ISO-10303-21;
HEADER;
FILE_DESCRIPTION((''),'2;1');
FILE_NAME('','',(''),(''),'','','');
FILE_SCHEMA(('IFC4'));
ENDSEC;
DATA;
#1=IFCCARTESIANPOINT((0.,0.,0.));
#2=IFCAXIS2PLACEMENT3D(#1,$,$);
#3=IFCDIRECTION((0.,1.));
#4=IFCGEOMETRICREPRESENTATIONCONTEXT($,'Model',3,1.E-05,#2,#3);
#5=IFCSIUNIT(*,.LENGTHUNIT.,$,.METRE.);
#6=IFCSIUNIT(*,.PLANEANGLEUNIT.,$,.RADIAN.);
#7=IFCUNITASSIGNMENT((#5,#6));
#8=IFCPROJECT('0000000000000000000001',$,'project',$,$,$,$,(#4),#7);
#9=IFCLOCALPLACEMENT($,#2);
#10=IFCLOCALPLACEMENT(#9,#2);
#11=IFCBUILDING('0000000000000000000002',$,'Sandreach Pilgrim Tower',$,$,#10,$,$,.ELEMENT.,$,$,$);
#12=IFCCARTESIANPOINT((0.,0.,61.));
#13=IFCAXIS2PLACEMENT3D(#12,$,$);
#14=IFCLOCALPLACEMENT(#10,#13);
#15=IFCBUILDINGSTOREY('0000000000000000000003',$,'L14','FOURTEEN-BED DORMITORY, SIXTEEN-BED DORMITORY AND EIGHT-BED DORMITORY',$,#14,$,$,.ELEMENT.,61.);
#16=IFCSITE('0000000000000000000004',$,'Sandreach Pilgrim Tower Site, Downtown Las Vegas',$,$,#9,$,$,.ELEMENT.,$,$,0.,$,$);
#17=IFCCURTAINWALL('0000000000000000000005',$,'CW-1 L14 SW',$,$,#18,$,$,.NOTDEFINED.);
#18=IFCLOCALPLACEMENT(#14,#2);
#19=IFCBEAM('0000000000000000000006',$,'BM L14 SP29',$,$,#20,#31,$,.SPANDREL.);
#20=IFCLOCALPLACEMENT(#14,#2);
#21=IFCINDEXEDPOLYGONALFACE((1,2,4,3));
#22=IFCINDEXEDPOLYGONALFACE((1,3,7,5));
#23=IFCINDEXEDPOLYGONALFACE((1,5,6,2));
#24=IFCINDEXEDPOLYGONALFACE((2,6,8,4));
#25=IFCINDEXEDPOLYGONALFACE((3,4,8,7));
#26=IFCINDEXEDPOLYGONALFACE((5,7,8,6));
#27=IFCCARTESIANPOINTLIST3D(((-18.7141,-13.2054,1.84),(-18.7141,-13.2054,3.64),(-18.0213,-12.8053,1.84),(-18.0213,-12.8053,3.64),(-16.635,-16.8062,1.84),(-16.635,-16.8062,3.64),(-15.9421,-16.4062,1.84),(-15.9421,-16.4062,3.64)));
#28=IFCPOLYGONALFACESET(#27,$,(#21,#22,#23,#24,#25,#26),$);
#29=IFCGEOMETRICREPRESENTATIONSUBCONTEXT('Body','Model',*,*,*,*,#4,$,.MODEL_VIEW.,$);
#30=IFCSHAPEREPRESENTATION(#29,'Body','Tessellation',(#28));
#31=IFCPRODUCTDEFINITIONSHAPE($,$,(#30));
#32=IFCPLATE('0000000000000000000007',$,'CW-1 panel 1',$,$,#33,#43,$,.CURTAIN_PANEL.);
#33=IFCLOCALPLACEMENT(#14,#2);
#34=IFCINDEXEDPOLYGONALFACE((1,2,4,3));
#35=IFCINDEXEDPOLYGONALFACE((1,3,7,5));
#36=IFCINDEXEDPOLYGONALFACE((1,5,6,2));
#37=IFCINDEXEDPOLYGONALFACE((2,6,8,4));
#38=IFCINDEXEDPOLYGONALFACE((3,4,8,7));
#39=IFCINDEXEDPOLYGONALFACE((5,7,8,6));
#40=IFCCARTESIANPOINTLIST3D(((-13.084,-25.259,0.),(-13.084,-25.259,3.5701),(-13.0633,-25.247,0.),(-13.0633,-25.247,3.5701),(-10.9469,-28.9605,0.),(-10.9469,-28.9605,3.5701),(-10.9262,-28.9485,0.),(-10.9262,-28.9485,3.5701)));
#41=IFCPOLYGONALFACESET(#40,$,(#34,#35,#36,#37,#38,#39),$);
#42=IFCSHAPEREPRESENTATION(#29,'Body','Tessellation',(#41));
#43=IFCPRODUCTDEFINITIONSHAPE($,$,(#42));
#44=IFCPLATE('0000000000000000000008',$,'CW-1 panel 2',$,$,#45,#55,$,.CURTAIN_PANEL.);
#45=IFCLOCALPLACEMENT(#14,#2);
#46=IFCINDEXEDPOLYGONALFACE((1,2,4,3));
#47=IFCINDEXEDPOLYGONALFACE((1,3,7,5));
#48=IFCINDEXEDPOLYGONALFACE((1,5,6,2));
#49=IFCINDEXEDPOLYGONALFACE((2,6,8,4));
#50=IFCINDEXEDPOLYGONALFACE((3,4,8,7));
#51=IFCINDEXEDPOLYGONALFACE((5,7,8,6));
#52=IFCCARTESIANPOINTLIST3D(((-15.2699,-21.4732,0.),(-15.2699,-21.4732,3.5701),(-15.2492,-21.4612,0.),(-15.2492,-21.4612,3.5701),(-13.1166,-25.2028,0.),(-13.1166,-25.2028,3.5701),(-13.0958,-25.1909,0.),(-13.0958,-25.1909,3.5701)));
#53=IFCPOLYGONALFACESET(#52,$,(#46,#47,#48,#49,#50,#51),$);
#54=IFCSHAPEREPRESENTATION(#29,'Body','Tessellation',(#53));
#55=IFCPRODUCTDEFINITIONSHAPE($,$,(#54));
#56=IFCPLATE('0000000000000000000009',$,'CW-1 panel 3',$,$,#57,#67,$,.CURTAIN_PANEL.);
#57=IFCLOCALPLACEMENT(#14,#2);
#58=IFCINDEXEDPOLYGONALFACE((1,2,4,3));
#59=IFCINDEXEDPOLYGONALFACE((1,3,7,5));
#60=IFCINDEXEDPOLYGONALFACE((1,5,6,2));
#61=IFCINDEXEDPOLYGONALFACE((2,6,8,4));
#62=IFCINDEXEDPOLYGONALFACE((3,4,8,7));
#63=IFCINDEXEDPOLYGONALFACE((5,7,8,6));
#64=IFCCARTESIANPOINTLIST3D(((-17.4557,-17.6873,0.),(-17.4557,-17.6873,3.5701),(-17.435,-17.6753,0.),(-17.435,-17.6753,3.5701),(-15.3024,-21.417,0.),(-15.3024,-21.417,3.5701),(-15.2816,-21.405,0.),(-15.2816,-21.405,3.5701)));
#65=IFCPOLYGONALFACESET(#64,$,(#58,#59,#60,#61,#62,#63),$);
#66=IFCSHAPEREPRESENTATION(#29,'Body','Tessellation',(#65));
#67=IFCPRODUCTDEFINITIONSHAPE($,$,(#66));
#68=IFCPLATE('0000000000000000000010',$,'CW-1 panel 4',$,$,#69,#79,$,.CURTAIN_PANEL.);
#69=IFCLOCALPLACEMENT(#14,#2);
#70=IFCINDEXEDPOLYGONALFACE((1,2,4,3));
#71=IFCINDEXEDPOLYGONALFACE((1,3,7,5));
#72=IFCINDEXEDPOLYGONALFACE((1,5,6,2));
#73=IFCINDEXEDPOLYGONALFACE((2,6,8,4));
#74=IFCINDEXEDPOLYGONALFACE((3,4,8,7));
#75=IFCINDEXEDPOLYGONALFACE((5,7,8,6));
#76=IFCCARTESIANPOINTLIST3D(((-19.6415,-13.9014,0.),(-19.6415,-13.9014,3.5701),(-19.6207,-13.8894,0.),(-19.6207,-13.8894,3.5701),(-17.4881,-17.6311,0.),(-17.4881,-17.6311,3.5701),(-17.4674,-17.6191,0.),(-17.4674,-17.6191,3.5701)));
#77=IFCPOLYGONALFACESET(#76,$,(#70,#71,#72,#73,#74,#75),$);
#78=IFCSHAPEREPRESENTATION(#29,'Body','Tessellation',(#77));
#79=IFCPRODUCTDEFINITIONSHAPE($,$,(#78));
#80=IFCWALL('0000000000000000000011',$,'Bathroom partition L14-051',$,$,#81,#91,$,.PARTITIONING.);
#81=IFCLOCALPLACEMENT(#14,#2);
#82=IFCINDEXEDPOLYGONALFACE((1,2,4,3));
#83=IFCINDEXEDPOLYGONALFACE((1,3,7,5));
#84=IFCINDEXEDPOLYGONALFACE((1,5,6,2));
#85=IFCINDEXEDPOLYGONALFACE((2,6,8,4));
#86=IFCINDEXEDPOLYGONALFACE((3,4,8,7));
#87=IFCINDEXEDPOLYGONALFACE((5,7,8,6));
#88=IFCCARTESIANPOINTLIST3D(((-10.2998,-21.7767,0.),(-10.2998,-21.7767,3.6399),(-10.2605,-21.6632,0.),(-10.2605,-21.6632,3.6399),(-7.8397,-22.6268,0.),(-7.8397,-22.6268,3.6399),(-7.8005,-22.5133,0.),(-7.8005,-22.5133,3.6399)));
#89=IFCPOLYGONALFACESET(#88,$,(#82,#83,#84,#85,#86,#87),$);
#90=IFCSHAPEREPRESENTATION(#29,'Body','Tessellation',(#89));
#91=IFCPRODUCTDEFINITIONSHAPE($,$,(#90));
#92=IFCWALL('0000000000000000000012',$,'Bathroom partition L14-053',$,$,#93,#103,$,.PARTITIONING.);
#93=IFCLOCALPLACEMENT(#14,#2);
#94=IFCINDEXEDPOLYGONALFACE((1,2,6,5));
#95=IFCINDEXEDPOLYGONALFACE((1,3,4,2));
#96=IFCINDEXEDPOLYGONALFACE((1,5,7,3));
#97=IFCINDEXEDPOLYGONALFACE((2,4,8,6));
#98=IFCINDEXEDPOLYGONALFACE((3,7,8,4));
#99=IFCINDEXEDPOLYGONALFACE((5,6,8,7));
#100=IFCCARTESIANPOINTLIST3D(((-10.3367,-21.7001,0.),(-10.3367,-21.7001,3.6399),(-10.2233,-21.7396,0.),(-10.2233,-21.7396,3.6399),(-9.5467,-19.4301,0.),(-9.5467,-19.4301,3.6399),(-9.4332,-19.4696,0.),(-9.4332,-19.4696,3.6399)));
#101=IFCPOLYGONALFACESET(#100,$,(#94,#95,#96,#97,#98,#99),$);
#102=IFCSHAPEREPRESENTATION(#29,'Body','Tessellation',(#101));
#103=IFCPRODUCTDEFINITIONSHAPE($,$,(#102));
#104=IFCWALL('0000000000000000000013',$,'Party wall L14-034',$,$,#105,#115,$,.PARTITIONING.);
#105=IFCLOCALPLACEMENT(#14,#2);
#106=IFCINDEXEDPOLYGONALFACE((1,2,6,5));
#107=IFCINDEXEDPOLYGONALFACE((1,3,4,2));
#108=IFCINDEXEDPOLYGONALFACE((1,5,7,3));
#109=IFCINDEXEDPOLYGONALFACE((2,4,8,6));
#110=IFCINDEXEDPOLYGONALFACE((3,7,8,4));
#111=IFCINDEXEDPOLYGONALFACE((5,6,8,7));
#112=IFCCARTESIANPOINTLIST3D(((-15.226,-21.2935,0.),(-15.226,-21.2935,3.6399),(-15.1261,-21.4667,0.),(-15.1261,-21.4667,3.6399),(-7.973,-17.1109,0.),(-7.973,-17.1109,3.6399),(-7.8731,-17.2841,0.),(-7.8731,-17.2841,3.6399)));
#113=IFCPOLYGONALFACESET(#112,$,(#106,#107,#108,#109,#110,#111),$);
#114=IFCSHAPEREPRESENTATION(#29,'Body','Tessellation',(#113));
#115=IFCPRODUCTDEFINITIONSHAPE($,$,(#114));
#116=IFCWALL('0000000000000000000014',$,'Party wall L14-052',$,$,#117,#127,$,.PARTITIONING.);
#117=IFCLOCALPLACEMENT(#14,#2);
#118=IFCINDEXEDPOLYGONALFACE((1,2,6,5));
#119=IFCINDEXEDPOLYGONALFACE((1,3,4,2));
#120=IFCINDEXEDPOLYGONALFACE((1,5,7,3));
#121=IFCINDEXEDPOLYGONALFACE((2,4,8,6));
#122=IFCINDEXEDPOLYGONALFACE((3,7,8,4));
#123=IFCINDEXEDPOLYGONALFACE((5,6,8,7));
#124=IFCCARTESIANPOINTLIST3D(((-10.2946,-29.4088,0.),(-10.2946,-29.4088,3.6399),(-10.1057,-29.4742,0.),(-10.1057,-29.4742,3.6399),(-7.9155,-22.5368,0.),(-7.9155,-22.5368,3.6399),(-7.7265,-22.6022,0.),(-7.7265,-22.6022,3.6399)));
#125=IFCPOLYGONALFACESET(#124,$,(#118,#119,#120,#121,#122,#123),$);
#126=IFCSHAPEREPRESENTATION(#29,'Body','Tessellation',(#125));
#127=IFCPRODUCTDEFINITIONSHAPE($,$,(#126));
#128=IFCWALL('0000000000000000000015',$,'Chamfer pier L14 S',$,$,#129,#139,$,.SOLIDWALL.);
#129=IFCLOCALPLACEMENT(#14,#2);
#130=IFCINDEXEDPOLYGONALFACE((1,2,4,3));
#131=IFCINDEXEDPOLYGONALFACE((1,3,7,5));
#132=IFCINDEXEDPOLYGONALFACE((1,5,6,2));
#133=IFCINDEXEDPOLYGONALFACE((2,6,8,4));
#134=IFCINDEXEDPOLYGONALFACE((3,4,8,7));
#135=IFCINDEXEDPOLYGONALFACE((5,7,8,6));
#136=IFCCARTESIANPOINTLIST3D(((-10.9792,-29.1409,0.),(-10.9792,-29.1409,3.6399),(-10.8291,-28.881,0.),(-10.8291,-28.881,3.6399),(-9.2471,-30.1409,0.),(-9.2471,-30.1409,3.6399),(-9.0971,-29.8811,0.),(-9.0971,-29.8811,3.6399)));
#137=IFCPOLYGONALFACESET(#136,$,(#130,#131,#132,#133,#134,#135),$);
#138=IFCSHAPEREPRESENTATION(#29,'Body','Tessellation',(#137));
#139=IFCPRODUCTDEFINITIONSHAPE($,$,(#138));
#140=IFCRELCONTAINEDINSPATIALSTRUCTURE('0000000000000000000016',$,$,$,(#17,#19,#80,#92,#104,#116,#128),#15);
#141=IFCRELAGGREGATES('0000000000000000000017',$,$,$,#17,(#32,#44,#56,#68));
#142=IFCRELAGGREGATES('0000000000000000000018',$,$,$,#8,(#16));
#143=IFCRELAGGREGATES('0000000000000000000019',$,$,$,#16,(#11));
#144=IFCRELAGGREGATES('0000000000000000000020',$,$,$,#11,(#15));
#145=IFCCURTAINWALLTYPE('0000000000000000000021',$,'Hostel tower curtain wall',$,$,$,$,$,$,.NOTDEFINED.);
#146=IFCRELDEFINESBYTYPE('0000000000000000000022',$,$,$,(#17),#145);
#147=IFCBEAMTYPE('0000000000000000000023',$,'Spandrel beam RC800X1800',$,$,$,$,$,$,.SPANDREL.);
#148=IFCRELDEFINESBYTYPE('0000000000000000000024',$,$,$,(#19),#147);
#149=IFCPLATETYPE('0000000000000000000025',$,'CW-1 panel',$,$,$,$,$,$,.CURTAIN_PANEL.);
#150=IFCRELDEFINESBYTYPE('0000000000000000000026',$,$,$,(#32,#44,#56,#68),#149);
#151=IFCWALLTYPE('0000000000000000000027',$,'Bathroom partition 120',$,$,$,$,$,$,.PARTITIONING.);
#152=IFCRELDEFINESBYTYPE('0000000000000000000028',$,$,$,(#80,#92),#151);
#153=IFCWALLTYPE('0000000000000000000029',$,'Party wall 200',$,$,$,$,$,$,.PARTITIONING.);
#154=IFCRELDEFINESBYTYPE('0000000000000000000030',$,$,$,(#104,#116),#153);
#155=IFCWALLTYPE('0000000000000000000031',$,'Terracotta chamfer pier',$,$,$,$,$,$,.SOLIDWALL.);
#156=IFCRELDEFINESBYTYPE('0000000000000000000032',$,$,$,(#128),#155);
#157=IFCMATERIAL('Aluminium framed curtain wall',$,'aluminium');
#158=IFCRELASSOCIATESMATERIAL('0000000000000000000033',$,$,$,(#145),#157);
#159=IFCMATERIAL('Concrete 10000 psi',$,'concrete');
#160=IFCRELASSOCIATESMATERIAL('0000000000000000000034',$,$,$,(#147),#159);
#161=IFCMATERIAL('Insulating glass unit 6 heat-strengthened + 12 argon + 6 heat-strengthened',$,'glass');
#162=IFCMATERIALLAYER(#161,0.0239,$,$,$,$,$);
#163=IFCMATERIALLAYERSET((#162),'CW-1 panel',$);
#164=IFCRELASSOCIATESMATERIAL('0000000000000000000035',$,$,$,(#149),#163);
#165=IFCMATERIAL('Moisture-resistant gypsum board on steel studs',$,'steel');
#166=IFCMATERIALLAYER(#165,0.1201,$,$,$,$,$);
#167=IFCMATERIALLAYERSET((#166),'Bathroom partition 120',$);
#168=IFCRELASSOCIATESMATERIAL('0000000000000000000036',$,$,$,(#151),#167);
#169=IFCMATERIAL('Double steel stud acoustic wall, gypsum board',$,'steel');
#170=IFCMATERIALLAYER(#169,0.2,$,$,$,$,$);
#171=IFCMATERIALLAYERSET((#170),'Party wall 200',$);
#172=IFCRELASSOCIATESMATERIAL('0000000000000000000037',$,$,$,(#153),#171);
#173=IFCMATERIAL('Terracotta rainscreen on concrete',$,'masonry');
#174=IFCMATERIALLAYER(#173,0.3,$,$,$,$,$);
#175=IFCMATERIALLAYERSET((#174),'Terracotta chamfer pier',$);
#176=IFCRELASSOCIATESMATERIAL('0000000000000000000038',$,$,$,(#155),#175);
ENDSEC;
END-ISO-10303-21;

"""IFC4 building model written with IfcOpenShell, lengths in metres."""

from ifc_helpers import new_model, si_unit, direction, frame, frame_2d, origin, origin_2d, place, context, subcontext, project, spatial, rectangle, extrude, material, layer, layer_set, material_profile, profile_set, type_object, element, aggregate, save


model = new_model("IFC4")

# Units and contexts
model_context = context("Model", 3, precision=1e-05, world=origin(), true_north=direction((0.0, 1.0)))
body_context = subcontext(model_context, "Body", "Model", "MODEL_VIEW")
ifc_project = project(units=[si_unit("LENGTHUNIT", "METRE"), si_unit("PLANEANGLEUNIT", "RADIAN")], contexts=[model_context])

# Site, building, storey
site_placement = place(None, origin())
site = spatial("IfcSite", under=ifc_project, at=site_placement, Name="Sandreach Pilgrim Tower Site, Downtown Las Vegas", CompositionType="ELEMENT", RefElevation=0.0)
building_placement = place(site_placement, origin())
building = spatial("IfcBuilding", under=site, at=building_placement, Name="Sandreach Pilgrim Tower", CompositionType="ELEMENT")
storey_placement = place(building_placement, frame((0.0, 0.0, 61.0)))
storey = spatial("IfcBuildingStorey", under=building, at=storey_placement, Name="L14", Description="FOURTEEN-BED DORMITORY, SIXTEEN-BED DORMITORY AND EIGHT-BED DORMITORY", CompositionType="ELEMENT", Elevation=61.0)

# Shared definitions
ifc_material_1 = material(Name="Aluminium framed curtain wall", Category="aluminium")
curtain_wall_type = type_object("IfcCurtainWallType", Name="Hostel tower curtain wall", PredefinedType="NOTDEFINED", material=ifc_material_1)

# Curtain wall
curtain_wall_1_placement = place(storey_placement, origin())
curtain_wall_1 = element("IfcCurtainWall", 1, at=curtain_wall_1_placement, inside=storey, type_object=curtain_wall_type, Name="CW-1 L14 SW", PredefinedType="NOTDEFINED")

# Beam
ifc_material_2 = material(Name="Concrete 10000 psi", Category="concrete")
ifc_material_profile_1 = material_profile(ifc_material_2, rectangle(XDim=0.8, YDim=1.8, at=origin_2d()), Name="RC800X1800")
ifc_profile_set_1 = profile_set([ifc_material_profile_1], Name="Concrete 10000 psi")
beam_type_1 = type_object("IfcBeamType", Name="Spandrel beam RC800X1800", PredefinedType="SPANDREL", material=ifc_profile_set_1)
beam_1_placement = place(storey_placement, frame((-16.2886, -16.6062, 2.74), z_axis=(-0.500029, 0.866009, 0.0), x_axis=(-0.866009, -0.500029, 0.0)))
element("IfcBeam", 2, at=beam_1_placement, inside=storey, type_object=beam_type_1, Name="BM L14 SP29", PredefinedType="SPANDREL", context=body_context, shape_type="SweptSolid", body=[
    extrude(rectangle(XDim=0.8, YDim=1.8, at=origin_2d()), origin(), (0.0, 0.0, 1.0), 4.158),
])

# Plates
ifc_material_3 = material(Name="Insulating glass unit 6 heat-strengthened + 12 argon + 6 heat-strengthened", Category="glass")
ifc_layer_1 = layer(ifc_material_3, 0.0239)
ifc_layer_set_1 = layer_set([ifc_layer_1], Name="CW-1 panel")
plate_type = type_object("IfcPlateType", Name="CW-1 panel", PredefinedType="CURTAIN_PANEL", material=ifc_layer_set_1)
plate_1_placement = place(storey_placement, frame((-12.0051, -27.1038, 0.0), z_axis=(0.0, 0.0, 1.0), x_axis=(-0.5, 0.866025, 0.0)))
plate_1 = element("IfcPlate", 3, at=plate_1_placement, type_object=plate_type, Name="CW-1 panel 1", PredefinedType="CURTAIN_PANEL", context=body_context, shape_type="SweptSolid", body=[
    extrude(rectangle(XDim=4.2742, YDim=0.0239, at=origin_2d()), origin(), (0.0, 0.0, 1.0), 3.5701),
])
plate_2_placement = place(storey_placement, frame((-14.1829, -23.332, 0.0), z_axis=(0.0, 0.0, 1.0), x_axis=(-0.5, 0.866025, 0.0)))
plate_2 = element("IfcPlate", 4, at=plate_2_placement, type_object=plate_type, Name="CW-1 panel 2", PredefinedType="CURTAIN_PANEL", context=body_context, shape_type="SweptSolid", body=[
    extrude(rectangle(XDim=4.3066, YDim=0.0239, at=origin_2d()), origin(), (0.0, 0.0, 1.0), 3.5701),
])
plate_3_placement = place(storey_placement, frame((-16.3687, -19.5461, 0.0), z_axis=(0.0, 0.0, 1.0), x_axis=(-0.5, 0.866025, 0.0)))
plate_3 = element("IfcPlate", 5, at=plate_3_placement, type_object=plate_type, Name="CW-1 panel 3", PredefinedType="CURTAIN_PANEL", context=body_context, shape_type="SweptSolid", body=[
    extrude(rectangle(XDim=4.3066, YDim=0.0239, at=origin_2d()), origin(), (0.0, 0.0, 1.0), 3.5701),
])
plate_4_placement = place(storey_placement, frame((-18.5544, -15.7603, 0.0), z_axis=(0.0, 0.0, 1.0), x_axis=(-0.5, 0.866025, 0.0)))
plate_4 = element("IfcPlate", 6, at=plate_4_placement, type_object=plate_type, Name="CW-1 panel 4", PredefinedType="CURTAIN_PANEL", context=body_context, shape_type="SweptSolid", body=[
    extrude(rectangle(XDim=4.3066, YDim=0.0239, at=origin_2d()), origin(), (0.0, 0.0, 1.0), 3.5701),
])
aggregate(curtain_wall_1, [plate_1, plate_2, plate_3, plate_4])

# Walls
ifc_material_4 = material(Name="Moisture-resistant gypsum board on steel studs", Category="steel")
ifc_layer_2 = layer(ifc_material_4, 0.1201)
ifc_layer_set_2 = layer_set([ifc_layer_2], Name="Bathroom partition 120")
wall_type_1 = type_object("IfcWallType", Name="Bathroom partition 120", PredefinedType="PARTITIONING", material=ifc_layer_set_2)
wall_1_placement = place(storey_placement, frame((-10.28, -21.72, 0.0), z_axis=(0.0, 0.0, 1.0), x_axis=(0.945155, -0.326621, 0.0)))
element("IfcWall", 7, at=wall_1_placement, inside=storey, type_object=wall_type_1, Name="Bathroom partition L14-051", PredefinedType="PARTITIONING", context=body_context, shape_type="SweptSolid", body=[
    extrude(rectangle(XDim=2.6028, YDim=0.1201, at=frame_2d((1.3013, 0.0))), origin(), (0.0, 0.0, 1.0), 3.6399),
])
wall_2_placement = place(storey_placement, frame((-9.49, -19.45, 0.0), z_axis=(0.0, 0.0, 1.0), x_axis=(-0.328694, -0.944436, 0.0)))
element("IfcWall", 8, at=wall_2_placement, inside=storey, type_object=wall_type_1, Name="Bathroom partition L14-053", PredefinedType="PARTITIONING", context=body_context, shape_type="SweptSolid", body=[
    extrude(rectangle(XDim=2.4036, YDim=0.1201, at=frame_2d((1.2017, 0.0))), origin(), (0.0, 0.0, 1.0), 3.6399),
])
ifc_material_5 = material(Name="Double steel stud acoustic wall, gypsum board", Category="steel")
ifc_layer_3 = layer(ifc_material_5, 0.2)
ifc_layer_set_3 = layer_set([ifc_layer_3], Name="Party wall 200")
wall_type_2 = type_object("IfcWallType", Name="Party wall 200", PredefinedType="PARTITIONING", material=ifc_layer_set_3)
wall_3_placement = place(storey_placement, frame((-15.176, -21.3801, 0.0), z_axis=(0.0, 0.0, 1.0), x_axis=(0.866277, 0.499564, 0.0)))
element("IfcWall", 9, at=wall_3_placement, inside=storey, type_object=wall_type_2, Name="Party wall L14-034", PredefinedType="PARTITIONING", context=body_context, shape_type="SweptSolid", body=[
    extrude(rectangle(XDim=8.3726, YDim=0.2, at=frame_2d((4.1863, 0.0))), origin(), (0.0, 0.0, 1.0), 3.6399),
])
wall_4_placement = place(storey_placement, frame((-10.2002, -29.4417, 0.0), z_axis=(0.0, 0.0, 1.0), x_axis=(0.327154, 0.944971, 0.0)))
element("IfcWall", 10, at=wall_4_placement, inside=storey, type_object=wall_type_2, Name="Party wall L14-052", PredefinedType="PARTITIONING", context=body_context, shape_type="SweptSolid", body=[
    extrude(rectangle(XDim=7.2722, YDim=0.2, at=frame_2d((3.6362, 0.0))), origin(), (0.0, 0.0, 1.0), 3.6399),
])
ifc_material_6 = material(Name="Terracotta rainscreen on concrete", Category="masonry")
ifc_layer_4 = layer(ifc_material_6, 0.3)
ifc_layer_set_4 = layer_set([ifc_layer_4], Name="Terracotta chamfer pier")
wall_type_3 = type_object("IfcWallType", Name="Terracotta chamfer pier", PredefinedType="SOLIDWALL", material=ifc_layer_set_4)
wall_5_placement = place(storey_placement, frame((-9.1721, -30.011, 0.0), z_axis=(0.0, 0.0, 1.0), x_axis=(-0.866011, 0.500025, 0.0)))
element("IfcWall", 11, at=wall_5_placement, inside=storey, type_object=wall_type_3, Name="Chamfer pier L14 S", PredefinedType="SOLIDWALL", context=body_context, shape_type="SweptSolid", body=[
    extrude(rectangle(XDim=2.0, YDim=0.3, at=frame_2d((1.0, 0.0))), origin(), (0.0, 0.0, 1.0), 3.6399),
])

save(model, "model.ifc")
